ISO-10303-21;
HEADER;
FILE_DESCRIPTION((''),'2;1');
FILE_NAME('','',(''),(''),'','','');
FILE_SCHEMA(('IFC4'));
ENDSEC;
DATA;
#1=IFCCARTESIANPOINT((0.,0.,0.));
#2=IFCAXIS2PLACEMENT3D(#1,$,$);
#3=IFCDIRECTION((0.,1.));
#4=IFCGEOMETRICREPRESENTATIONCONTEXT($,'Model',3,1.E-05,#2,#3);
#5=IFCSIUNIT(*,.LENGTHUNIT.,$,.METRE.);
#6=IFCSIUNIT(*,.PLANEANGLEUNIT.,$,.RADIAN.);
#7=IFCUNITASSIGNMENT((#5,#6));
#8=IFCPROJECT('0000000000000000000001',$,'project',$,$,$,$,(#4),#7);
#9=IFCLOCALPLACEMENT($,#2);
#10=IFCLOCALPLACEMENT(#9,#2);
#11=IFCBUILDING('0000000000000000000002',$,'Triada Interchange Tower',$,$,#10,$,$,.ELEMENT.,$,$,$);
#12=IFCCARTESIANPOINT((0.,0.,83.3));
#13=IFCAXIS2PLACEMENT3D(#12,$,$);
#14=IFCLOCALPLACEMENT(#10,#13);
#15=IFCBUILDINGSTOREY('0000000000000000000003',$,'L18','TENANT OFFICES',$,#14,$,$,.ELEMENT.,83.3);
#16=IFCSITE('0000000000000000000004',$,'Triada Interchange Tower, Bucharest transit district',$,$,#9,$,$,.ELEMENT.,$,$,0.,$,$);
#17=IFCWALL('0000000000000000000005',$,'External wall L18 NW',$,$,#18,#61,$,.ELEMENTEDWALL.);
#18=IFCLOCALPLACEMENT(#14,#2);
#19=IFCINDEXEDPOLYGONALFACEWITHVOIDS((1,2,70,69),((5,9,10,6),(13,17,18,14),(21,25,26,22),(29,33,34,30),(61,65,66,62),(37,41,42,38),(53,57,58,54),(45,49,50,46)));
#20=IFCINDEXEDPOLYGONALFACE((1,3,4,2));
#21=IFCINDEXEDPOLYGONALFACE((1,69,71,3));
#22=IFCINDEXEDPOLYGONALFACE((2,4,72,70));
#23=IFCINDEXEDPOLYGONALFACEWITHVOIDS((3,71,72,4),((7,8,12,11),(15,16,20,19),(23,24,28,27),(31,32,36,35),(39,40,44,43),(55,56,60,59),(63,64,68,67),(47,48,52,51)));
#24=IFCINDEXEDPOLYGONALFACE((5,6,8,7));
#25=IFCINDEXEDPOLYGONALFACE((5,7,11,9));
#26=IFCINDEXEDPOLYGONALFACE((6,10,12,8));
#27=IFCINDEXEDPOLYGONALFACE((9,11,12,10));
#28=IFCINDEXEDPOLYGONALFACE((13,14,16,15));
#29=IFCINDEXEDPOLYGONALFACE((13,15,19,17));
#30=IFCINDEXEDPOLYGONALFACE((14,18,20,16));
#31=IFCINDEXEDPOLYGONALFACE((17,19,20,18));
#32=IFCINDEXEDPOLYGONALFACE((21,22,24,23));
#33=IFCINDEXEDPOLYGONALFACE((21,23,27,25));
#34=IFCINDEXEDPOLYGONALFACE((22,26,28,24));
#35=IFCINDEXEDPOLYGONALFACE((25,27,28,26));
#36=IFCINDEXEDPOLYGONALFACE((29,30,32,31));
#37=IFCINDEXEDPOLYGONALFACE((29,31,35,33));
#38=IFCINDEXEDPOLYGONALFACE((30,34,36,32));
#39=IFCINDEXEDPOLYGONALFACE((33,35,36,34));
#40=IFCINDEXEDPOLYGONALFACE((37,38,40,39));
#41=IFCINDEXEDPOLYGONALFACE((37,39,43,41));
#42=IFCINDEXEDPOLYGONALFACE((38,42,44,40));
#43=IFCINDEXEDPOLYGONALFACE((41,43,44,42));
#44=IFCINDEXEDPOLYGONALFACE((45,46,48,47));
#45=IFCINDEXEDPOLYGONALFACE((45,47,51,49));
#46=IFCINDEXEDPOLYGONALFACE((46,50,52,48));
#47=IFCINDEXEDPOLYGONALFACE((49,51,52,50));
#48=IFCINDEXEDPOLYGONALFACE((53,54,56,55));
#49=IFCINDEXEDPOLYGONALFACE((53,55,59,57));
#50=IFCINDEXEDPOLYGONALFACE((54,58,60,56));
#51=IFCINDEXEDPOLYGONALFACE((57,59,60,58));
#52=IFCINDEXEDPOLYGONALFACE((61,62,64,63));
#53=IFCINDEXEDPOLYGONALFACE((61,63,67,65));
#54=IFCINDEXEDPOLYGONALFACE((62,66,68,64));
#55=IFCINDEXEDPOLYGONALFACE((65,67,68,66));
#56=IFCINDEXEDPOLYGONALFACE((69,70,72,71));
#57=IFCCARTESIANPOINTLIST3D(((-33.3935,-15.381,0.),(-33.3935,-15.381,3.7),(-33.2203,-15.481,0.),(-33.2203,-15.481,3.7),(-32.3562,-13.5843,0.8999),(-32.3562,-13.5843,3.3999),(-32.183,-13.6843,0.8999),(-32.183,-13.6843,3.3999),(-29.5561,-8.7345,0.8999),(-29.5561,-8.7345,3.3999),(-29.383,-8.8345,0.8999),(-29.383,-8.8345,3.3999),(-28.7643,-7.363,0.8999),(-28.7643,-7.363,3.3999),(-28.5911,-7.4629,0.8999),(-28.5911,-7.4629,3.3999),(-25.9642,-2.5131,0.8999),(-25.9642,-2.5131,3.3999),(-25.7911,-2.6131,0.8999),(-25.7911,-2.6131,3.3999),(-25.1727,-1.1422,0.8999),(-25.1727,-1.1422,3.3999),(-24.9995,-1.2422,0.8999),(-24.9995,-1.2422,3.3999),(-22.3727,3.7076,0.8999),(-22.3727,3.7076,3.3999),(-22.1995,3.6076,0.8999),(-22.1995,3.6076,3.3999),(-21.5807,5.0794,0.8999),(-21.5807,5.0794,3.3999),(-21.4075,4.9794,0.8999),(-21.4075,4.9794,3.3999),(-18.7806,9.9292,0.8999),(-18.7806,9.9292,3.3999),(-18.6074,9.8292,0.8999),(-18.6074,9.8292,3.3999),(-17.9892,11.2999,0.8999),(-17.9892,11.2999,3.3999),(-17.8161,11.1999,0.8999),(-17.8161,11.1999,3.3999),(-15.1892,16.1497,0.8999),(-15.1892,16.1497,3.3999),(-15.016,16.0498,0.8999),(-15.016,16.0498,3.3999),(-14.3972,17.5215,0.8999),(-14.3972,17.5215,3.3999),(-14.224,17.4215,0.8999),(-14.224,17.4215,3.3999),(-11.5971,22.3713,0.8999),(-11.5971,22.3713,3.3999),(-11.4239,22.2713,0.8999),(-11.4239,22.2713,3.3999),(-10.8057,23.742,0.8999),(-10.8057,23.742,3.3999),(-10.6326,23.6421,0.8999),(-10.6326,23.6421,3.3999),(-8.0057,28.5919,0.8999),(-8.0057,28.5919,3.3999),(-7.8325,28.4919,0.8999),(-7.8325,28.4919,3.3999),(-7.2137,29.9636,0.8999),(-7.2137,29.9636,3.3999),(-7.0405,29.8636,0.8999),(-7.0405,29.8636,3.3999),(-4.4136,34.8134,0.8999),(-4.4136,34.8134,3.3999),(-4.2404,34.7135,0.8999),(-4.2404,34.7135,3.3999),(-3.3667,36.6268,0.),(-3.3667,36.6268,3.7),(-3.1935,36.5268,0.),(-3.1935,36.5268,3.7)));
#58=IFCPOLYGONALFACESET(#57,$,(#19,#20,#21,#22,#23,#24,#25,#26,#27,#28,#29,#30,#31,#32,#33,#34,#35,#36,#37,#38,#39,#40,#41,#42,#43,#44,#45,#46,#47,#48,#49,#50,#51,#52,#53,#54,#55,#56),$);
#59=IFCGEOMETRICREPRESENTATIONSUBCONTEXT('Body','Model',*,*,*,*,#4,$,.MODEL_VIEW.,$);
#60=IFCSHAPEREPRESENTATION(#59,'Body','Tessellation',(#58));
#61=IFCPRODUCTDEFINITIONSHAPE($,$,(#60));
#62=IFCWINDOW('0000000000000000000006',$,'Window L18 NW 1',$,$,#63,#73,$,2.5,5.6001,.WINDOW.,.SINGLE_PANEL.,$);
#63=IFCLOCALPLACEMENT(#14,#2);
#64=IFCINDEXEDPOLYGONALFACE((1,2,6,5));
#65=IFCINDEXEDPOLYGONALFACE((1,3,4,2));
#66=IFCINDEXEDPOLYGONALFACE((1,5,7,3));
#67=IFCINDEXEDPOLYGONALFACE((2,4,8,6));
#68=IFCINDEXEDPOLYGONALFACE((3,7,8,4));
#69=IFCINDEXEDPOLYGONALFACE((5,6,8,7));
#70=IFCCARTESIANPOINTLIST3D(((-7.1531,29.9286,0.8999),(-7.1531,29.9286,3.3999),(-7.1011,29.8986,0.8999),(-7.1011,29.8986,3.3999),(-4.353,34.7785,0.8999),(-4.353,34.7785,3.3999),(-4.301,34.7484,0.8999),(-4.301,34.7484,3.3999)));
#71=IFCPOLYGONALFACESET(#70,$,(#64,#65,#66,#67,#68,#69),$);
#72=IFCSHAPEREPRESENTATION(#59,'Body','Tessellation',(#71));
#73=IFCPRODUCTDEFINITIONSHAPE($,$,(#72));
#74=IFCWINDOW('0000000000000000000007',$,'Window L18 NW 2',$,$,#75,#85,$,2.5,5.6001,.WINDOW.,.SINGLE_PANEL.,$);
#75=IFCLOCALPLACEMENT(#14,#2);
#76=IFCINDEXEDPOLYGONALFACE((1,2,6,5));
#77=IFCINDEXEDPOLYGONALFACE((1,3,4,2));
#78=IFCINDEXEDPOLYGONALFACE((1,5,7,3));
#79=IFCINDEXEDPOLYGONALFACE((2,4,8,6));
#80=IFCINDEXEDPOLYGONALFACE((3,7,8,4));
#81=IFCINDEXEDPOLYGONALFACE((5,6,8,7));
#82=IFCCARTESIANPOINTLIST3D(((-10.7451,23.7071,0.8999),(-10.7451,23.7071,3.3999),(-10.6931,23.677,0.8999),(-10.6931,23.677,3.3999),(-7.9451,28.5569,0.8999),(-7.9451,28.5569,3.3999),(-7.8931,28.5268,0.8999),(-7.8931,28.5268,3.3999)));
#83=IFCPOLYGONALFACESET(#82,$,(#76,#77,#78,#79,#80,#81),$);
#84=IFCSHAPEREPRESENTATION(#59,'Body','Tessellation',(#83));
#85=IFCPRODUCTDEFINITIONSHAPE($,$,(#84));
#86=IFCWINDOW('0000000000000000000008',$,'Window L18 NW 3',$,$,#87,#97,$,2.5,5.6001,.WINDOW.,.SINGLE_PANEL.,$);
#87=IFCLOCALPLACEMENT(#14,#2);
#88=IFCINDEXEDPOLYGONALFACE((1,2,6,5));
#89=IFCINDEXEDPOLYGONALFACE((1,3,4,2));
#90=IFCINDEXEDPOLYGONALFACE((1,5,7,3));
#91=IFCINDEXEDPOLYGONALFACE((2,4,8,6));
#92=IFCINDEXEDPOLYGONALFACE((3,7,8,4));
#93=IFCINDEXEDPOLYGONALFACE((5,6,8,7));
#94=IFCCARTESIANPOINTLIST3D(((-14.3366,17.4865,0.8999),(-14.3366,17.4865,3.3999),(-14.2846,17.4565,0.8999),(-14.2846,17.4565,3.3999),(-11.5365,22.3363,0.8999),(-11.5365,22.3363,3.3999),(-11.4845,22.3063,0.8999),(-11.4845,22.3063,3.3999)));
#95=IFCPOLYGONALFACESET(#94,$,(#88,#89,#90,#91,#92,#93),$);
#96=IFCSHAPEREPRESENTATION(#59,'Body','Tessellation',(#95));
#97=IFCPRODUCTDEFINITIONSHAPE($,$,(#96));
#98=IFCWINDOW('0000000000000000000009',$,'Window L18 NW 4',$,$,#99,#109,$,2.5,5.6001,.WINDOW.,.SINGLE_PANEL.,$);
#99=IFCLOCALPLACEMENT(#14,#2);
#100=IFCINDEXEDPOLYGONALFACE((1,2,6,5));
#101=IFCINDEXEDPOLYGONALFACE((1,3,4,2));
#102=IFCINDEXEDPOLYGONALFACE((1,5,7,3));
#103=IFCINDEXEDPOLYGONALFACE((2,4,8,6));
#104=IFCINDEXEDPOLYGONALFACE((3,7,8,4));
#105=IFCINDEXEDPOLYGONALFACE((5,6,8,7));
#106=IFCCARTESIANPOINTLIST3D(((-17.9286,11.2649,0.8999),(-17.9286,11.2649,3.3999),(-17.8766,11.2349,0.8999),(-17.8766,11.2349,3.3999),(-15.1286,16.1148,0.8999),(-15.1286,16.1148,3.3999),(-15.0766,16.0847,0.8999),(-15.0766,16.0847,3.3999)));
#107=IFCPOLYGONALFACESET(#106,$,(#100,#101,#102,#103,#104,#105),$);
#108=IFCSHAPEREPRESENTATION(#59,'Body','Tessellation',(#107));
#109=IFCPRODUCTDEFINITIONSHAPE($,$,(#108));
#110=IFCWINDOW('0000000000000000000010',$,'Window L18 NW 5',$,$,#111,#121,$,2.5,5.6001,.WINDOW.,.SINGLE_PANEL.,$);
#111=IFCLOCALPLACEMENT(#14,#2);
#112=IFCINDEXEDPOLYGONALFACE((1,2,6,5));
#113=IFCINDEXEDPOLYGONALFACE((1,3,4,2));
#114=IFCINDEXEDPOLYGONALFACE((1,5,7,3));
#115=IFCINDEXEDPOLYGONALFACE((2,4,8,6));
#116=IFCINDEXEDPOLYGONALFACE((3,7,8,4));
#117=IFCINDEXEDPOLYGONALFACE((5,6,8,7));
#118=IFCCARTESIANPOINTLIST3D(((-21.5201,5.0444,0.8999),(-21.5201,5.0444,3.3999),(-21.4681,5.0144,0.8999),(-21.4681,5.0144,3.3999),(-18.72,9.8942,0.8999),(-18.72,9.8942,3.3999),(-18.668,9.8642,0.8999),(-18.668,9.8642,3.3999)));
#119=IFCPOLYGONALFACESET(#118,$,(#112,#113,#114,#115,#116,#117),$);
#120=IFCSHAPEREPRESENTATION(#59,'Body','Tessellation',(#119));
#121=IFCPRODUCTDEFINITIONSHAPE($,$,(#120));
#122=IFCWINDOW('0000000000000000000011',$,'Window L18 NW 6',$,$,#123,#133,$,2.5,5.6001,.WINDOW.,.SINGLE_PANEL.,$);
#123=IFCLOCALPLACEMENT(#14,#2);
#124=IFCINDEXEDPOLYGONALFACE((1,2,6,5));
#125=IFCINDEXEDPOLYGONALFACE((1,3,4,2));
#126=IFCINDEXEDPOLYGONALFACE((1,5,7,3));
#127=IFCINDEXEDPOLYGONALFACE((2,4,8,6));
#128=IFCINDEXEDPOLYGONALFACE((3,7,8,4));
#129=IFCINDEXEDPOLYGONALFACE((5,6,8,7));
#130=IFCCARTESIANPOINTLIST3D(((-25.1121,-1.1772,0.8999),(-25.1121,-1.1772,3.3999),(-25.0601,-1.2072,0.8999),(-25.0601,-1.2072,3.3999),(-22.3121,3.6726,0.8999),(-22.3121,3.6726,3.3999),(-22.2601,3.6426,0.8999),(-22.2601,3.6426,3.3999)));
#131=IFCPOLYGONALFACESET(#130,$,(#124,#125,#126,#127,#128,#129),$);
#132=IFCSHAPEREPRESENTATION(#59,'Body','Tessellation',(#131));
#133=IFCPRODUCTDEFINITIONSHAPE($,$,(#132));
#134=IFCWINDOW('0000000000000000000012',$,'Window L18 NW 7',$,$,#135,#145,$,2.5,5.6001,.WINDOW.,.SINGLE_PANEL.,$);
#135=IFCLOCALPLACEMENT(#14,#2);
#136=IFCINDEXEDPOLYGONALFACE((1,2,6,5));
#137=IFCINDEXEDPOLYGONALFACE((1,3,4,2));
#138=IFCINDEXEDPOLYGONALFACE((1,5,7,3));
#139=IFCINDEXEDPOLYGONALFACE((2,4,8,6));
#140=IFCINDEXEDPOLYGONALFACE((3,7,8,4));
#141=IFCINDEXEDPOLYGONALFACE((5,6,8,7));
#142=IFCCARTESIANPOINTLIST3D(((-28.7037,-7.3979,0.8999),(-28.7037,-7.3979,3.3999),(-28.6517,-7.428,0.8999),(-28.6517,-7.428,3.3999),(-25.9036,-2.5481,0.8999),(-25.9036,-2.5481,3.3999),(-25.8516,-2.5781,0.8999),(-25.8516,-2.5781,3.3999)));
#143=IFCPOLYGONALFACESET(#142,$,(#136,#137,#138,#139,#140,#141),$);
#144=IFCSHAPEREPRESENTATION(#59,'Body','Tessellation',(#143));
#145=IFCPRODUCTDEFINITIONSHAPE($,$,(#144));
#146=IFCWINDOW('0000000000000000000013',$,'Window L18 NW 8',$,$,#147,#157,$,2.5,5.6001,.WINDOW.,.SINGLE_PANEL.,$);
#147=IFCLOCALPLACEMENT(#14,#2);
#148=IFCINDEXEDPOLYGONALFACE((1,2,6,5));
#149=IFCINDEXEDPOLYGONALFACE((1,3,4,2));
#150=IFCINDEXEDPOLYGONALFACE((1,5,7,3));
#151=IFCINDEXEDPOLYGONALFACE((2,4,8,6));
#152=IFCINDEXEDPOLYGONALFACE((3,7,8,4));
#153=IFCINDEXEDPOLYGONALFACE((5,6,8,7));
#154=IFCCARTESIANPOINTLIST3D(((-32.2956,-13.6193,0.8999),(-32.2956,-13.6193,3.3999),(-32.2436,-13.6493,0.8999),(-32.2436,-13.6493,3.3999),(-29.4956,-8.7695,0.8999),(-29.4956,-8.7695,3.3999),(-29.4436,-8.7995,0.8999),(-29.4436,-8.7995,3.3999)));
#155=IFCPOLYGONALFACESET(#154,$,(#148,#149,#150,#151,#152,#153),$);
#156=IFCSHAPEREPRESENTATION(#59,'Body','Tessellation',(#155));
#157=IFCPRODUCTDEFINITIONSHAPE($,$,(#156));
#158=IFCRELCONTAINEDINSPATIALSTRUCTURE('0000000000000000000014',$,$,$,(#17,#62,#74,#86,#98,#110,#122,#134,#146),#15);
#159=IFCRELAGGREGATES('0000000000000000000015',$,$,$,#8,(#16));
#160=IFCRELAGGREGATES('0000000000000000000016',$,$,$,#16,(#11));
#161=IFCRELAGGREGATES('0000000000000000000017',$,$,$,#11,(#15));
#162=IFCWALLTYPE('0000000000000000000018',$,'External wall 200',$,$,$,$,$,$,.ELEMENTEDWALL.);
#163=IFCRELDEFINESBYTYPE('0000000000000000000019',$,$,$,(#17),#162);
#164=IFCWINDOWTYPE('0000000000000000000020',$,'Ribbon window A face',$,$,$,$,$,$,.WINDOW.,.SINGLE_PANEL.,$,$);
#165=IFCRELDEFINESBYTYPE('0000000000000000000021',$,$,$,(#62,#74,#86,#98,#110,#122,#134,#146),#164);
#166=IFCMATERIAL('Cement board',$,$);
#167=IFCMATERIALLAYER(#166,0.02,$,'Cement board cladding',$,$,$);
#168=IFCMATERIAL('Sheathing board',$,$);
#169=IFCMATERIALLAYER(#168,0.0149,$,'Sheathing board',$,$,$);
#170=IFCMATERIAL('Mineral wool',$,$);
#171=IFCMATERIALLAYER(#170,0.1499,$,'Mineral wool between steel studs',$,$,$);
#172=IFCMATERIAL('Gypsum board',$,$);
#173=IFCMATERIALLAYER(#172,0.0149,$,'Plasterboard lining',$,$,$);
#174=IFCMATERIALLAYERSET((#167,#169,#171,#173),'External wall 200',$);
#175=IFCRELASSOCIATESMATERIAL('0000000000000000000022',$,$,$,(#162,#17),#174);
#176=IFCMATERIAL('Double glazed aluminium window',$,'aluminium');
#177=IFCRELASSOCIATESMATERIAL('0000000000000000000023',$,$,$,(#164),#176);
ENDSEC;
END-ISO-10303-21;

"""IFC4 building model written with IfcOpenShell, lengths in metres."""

from ifc_helpers import new_model, si_unit, direction, frame, frame_2d, origin, place, context, subcontext, project, spatial, rectangle, extrude, material, layer, layer_set, layer_usage, type_object, element, fill, save


model = new_model("IFC4")

# Units and contexts
model_context = context("Model", 3, precision=1e-05, world=origin(), true_north=direction((0.0, 1.0)))
body_context = subcontext(model_context, "Body", "Model", "MODEL_VIEW")
ifc_project = project(units=[si_unit("LENGTHUNIT", "METRE"), si_unit("PLANEANGLEUNIT", "RADIAN")], contexts=[model_context])

# Site, building, storey
site_placement = place(None, origin())
site = spatial("IfcSite", under=ifc_project, at=site_placement, Name="Triada Interchange Tower, Bucharest transit district", CompositionType="ELEMENT", RefElevation=0.0)
building_placement = place(site_placement, origin())
building = spatial("IfcBuilding", under=site, at=building_placement, Name="Triada Interchange Tower", CompositionType="ELEMENT")
storey_placement = place(building_placement, frame((0.0, 0.0, 83.3)))
storey = spatial("IfcBuildingStorey", under=building, at=storey_placement, Name="L18", Description="TENANT OFFICES", CompositionType="ELEMENT", Elevation=83.3)

# Wall, openings, windows
ifc_material_1 = material(Name="Cement board")
ifc_layer_1 = layer(ifc_material_1, 0.02, Name="Cement board cladding")
ifc_material_2 = material(Name="Sheathing board")
ifc_layer_2 = layer(ifc_material_2, 0.0149, Name="Sheathing board")
ifc_material_3 = material(Name="Mineral wool")
ifc_layer_3 = layer(ifc_material_3, 0.1499, Name="Mineral wool between steel studs")
ifc_material_4 = material(Name="Gypsum board")
ifc_layer_4 = layer(ifc_material_4, 0.0149, Name="Plasterboard lining")
ifc_layer_set_1 = layer_set([ifc_layer_1, ifc_layer_2, ifc_layer_3, ifc_layer_4], Name="External wall 200")
ifc_layer_usage = layer_usage(ifc_layer_set_1, "AXIS2", "POSITIVE", -0.1001)
wall_type_1 = type_object("IfcWallType", Name="External wall 200", PredefinedType="ELEMENTEDWALL", material=ifc_layer_set_1)
wall_1_placement = place(storey_placement, frame((-3.28, 36.5769, 0.0), z_axis=(0.0, 0.0, 1.0), x_axis=(-0.500002, -0.866024, 0.0)))
wall_1 = element("IfcWall", 1, at=wall_1_placement, inside=storey, type_object=wall_type_1, material=ifc_layer_usage, Name="External wall L18 NW", PredefinedType="ELEMENTEDWALL", context=body_context, shape_type="SweptSolid", body=[
    extrude(rectangle(XDim=60.0535, YDim=0.2, at=frame_2d((30.0269, 0.0))), origin(), (0.0, 0.0, 1.0), 3.7),
])
opening_1_placement = place(wall_1_placement, frame((2.094, 0.0, 0.8999)))
opening_1 = element("IfcOpeningElement", 2, at=opening_1_placement, cuts=wall_1, PredefinedType="OPENING", context=body_context, shape_type="SweptSolid", body=[
    extrude(rectangle(XDim=5.6001, YDim=2.5, at=frame_2d((2.8, 1.25))), frame((0.0, 0.1099, 0.0), z_axis=(0.0, -1.0, 0.0), x_axis=(1.0, 0.0, 0.0)), (0.0, 0.0, 1.0), 0.22),
])
opening_2_placement = place(wall_1_placement, frame((9.2781, 0.0, 0.8999)))
opening_2 = element("IfcOpeningElement", 3, at=opening_2_placement, cuts=wall_1, PredefinedType="OPENING", context=body_context, shape_type="SweptSolid", body=[
    extrude(rectangle(XDim=5.6001, YDim=2.5, at=frame_2d((2.8, 1.25))), frame((0.0, 0.1099, 0.0), z_axis=(0.0, -1.0, 0.0), x_axis=(1.0, 0.0, 0.0)), (0.0, 0.0, 1.0), 0.22),
])
opening_3_placement = place(wall_1_placement, frame((16.4609, 0.0, 0.8999)))
opening_3 = element("IfcOpeningElement", 4, at=opening_3_placement, cuts=wall_1, PredefinedType="OPENING", context=body_context, shape_type="SweptSolid", body=[
    extrude(rectangle(XDim=5.6001, YDim=2.5, at=frame_2d((2.8, 1.25))), frame((0.0, 0.1099, 0.0), z_axis=(0.0, -1.0, 0.0), x_axis=(1.0, 0.0, 0.0)), (0.0, 0.0, 1.0), 0.22),
])
opening_4_placement = place(wall_1_placement, frame((23.645, 0.0, 0.8999)))
opening_4 = element("IfcOpeningElement", 5, at=opening_4_placement, cuts=wall_1, PredefinedType="OPENING", context=body_context, shape_type="SweptSolid", body=[
    extrude(rectangle(XDim=5.6001, YDim=2.5, at=frame_2d((2.8, 1.25))), frame((0.0, 0.1099, 0.0), z_axis=(0.0, -1.0, 0.0), x_axis=(1.0, 0.0, 0.0)), (0.0, 0.0, 1.0), 0.22),
])
opening_5_placement = place(wall_1_placement, frame((30.8279, 0.0, 0.8999)))
opening_5 = element("IfcOpeningElement", 6, at=opening_5_placement, cuts=wall_1, PredefinedType="OPENING", context=body_context, shape_type="SweptSolid", body=[
    extrude(rectangle(XDim=5.6001, YDim=2.5, at=frame_2d((2.8, 1.25))), frame((0.0, 0.1099, 0.0), z_axis=(0.0, -1.0, 0.0), x_axis=(1.0, 0.0, 0.0)), (0.0, 0.0, 1.0), 0.22),
])
opening_6_placement = place(wall_1_placement, frame((38.012, 0.0, 0.8999)))
opening_6 = element("IfcOpeningElement", 7, at=opening_6_placement, cuts=wall_1, PredefinedType="OPENING", context=body_context, shape_type="SweptSolid", body=[
    extrude(rectangle(XDim=5.6001, YDim=2.5, at=frame_2d((2.8, 1.25))), frame((0.0, 0.1099, 0.0), z_axis=(0.0, -1.0, 0.0), x_axis=(1.0, 0.0, 0.0)), (0.0, 0.0, 1.0), 0.22),
])
opening_7_placement = place(wall_1_placement, frame((45.1951, 0.0, 0.8999)))
opening_7 = element("IfcOpeningElement", 8, at=opening_7_placement, cuts=wall_1, PredefinedType="OPENING", context=body_context, shape_type="SweptSolid", body=[
    extrude(rectangle(XDim=5.6001, YDim=2.5, at=frame_2d((2.8, 1.25))), frame((0.0, 0.1099, 0.0), z_axis=(0.0, -1.0, 0.0), x_axis=(1.0, 0.0, 0.0)), (0.0, 0.0, 1.0), 0.22),
])
opening_8_placement = place(wall_1_placement, frame((52.3789, 0.0, 0.8999)))
opening_8 = element("IfcOpeningElement", 9, at=opening_8_placement, cuts=wall_1, PredefinedType="OPENING", context=body_context, shape_type="SweptSolid", body=[
    extrude(rectangle(XDim=5.6001, YDim=2.5, at=frame_2d((2.8, 1.25))), frame((0.0, 0.1099, 0.0), z_axis=(0.0, -1.0, 0.0), x_axis=(1.0, 0.0, 0.0)), (0.0, 0.0, 1.0), 0.22),
])
ifc_material_5 = material(Name="Double glazed aluminium window", Category="aluminium")
window_type = type_object("IfcWindowType", Name="Ribbon window A face", PartitioningType="SINGLE_PANEL", PredefinedType="WINDOW", material=ifc_material_5)
window_1_placement = place(opening_1_placement, origin())
window_1 = element("IfcWindow", 10, at=window_1_placement, inside=storey, type_object=window_type, Name="Window L18 NW 1", OverallHeight=2.5, OverallWidth=5.6001, PartitioningType="SINGLE_PANEL", PredefinedType="WINDOW", context=body_context, shape_type="SweptSolid", body=[
    extrude(rectangle(XDim=5.6001, YDim=2.5, at=frame_2d((2.8, 1.25))), frame((0.0, 0.03, 0.0), z_axis=(0.0, -1.0, 0.0), x_axis=(1.0, 0.0, 0.0)), (0.0, 0.0, 1.0), 0.0601),
])
fill(opening_1, window_1)
window_2_placement = place(opening_2_placement, origin())
window_2 = element("IfcWindow", 11, at=window_2_placement, inside=storey, type_object=window_type, Name="Window L18 NW 2", OverallHeight=2.5, OverallWidth=5.6001, PartitioningType="SINGLE_PANEL", PredefinedType="WINDOW", context=body_context, shape_type="SweptSolid", body=[
    extrude(rectangle(XDim=5.6001, YDim=2.5, at=frame_2d((2.8, 1.25))), frame((0.0, 0.03, 0.0), z_axis=(0.0, -1.0, 0.0), x_axis=(1.0, 0.0, 0.0)), (0.0, 0.0, 1.0), 0.0601),
])
fill(opening_2, window_2)
window_3_placement = place(opening_3_placement, origin())
window_3 = element("IfcWindow", 12, at=window_3_placement, inside=storey, type_object=window_type, Name="Window L18 NW 3", OverallHeight=2.5, OverallWidth=5.6001, PartitioningType="SINGLE_PANEL", PredefinedType="WINDOW", context=body_context, shape_type="SweptSolid", body=[
    extrude(rectangle(XDim=5.6001, YDim=2.5, at=frame_2d((2.8, 1.25))), frame((0.0, 0.03, 0.0), z_axis=(0.0, -1.0, 0.0), x_axis=(1.0, 0.0, 0.0)), (0.0, 0.0, 1.0), 0.0601),
])
fill(opening_3, window_3)
window_4_placement = place(opening_4_placement, origin())
window_4 = element("IfcWindow", 13, at=window_4_placement, inside=storey, type_object=window_type, Name="Window L18 NW 4", OverallHeight=2.5, OverallWidth=5.6001, PartitioningType="SINGLE_PANEL", PredefinedType="WINDOW", context=body_context, shape_type="SweptSolid", body=[
    extrude(rectangle(XDim=5.6001, YDim=2.5, at=frame_2d((2.8, 1.25))), frame((0.0, 0.03, 0.0), z_axis=(0.0, -1.0, 0.0), x_axis=(1.0, 0.0, 0.0)), (0.0, 0.0, 1.0), 0.0601),
])
fill(opening_4, window_4)
window_5_placement = place(opening_5_placement, origin())
window_5 = element("IfcWindow", 14, at=window_5_placement, inside=storey, type_object=window_type, Name="Window L18 NW 5", OverallHeight=2.5, OverallWidth=5.6001, PartitioningType="SINGLE_PANEL", PredefinedType="WINDOW", context=body_context, shape_type="SweptSolid", body=[
    extrude(rectangle(XDim=5.6001, YDim=2.5, at=frame_2d((2.8, 1.25))), frame((0.0, 0.03, 0.0), z_axis=(0.0, -1.0, 0.0), x_axis=(1.0, 0.0, 0.0)), (0.0, 0.0, 1.0), 0.0601),
])
fill(opening_5, window_5)
window_6_placement = place(opening_6_placement, origin())
window_6 = element("IfcWindow", 15, at=window_6_placement, inside=storey, type_object=window_type, Name="Window L18 NW 6", OverallHeight=2.5, OverallWidth=5.6001, PartitioningType="SINGLE_PANEL", PredefinedType="WINDOW", context=body_context, shape_type="SweptSolid", body=[
    extrude(rectangle(XDim=5.6001, YDim=2.5, at=frame_2d((2.8, 1.25))), frame((0.0, 0.03, 0.0), z_axis=(0.0, -1.0, 0.0), x_axis=(1.0, 0.0, 0.0)), (0.0, 0.0, 1.0), 0.0601),
])
fill(opening_6, window_6)
window_7_placement = place(opening_7_placement, origin())
window_7 = element("IfcWindow", 16, at=window_7_placement, inside=storey, type_object=window_type, Name="Window L18 NW 7", OverallHeight=2.5, OverallWidth=5.6001, PartitioningType="SINGLE_PANEL", PredefinedType="WINDOW", context=body_context, shape_type="SweptSolid", body=[
    extrude(rectangle(XDim=5.6001, YDim=2.5, at=frame_2d((2.8, 1.25))), frame((0.0, 0.03, 0.0), z_axis=(0.0, -1.0, 0.0), x_axis=(1.0, 0.0, 0.0)), (0.0, 0.0, 1.0), 0.0601),
])
fill(opening_7, window_7)
window_8_placement = place(opening_8_placement, origin())
window_8 = element("IfcWindow", 17, at=window_8_placement, inside=storey, type_object=window_type, Name="Window L18 NW 8", OverallHeight=2.5, OverallWidth=5.6001, PartitioningType="SINGLE_PANEL", PredefinedType="WINDOW", context=body_context, shape_type="SweptSolid", body=[
    extrude(rectangle(XDim=5.6001, YDim=2.5, at=frame_2d((2.8, 1.25))), frame((0.0, 0.03, 0.0), z_axis=(0.0, -1.0, 0.0), x_axis=(1.0, 0.0, 0.0)), (0.0, 0.0, 1.0), 0.0601),
])
fill(opening_8, window_8)

save(model, "model.ifc")
